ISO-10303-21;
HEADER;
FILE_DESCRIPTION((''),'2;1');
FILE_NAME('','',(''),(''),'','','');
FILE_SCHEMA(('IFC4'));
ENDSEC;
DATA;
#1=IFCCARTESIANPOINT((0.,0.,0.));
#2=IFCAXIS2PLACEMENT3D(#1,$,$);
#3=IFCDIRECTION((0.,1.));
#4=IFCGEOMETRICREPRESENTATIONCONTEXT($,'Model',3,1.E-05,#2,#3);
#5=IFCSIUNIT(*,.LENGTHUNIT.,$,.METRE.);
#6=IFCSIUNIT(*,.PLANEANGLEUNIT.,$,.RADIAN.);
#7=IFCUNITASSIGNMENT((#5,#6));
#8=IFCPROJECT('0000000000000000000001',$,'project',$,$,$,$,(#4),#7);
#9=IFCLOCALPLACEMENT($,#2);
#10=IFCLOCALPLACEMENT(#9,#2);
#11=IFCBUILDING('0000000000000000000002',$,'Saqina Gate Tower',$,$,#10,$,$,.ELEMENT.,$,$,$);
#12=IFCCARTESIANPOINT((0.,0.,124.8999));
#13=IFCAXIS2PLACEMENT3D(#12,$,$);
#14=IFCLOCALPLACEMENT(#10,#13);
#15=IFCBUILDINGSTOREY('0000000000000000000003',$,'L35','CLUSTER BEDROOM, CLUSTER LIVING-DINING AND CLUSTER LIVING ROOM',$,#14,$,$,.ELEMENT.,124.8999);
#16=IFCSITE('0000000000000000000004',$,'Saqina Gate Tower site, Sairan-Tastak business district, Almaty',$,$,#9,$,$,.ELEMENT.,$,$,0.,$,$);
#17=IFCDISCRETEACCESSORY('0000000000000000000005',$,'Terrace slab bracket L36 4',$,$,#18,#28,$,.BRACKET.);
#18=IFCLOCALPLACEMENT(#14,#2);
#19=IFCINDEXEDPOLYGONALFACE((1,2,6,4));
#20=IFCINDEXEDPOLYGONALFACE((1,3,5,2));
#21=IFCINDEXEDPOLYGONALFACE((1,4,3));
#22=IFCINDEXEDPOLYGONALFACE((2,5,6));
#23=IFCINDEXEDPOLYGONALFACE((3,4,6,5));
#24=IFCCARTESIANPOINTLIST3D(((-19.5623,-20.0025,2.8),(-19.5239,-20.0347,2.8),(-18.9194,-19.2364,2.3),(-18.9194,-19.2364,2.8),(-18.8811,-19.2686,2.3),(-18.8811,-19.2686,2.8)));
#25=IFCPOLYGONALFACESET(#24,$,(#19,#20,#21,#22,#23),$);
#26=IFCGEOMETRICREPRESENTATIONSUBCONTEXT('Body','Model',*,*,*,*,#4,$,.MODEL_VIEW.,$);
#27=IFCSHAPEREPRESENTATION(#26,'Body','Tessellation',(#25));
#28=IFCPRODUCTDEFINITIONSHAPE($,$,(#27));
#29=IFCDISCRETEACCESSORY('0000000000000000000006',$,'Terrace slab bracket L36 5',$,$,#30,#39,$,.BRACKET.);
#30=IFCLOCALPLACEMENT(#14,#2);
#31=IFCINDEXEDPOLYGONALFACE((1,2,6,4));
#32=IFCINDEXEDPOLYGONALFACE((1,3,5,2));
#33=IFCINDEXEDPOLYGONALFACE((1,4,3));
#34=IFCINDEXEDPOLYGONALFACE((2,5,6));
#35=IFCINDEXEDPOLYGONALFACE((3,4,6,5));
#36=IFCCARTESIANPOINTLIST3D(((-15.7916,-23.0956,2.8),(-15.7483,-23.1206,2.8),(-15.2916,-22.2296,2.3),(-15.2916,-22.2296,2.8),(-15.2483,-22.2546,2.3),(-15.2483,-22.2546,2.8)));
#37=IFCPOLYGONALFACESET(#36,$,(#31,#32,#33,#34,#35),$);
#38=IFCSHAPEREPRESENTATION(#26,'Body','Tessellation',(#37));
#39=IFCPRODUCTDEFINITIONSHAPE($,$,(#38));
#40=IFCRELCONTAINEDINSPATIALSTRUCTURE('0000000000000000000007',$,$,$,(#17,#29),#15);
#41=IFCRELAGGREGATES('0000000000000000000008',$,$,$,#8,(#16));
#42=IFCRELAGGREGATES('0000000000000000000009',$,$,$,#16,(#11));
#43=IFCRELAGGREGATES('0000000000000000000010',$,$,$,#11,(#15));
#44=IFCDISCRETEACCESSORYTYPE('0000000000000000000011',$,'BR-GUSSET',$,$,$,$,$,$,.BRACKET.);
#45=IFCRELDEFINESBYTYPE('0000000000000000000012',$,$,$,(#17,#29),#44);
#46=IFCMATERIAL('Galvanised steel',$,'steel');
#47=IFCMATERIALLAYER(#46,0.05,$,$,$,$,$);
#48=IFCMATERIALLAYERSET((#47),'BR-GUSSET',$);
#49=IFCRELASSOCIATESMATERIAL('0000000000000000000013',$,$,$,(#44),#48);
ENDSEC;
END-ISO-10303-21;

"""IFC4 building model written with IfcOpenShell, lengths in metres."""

from ifc_helpers import new_model, si_unit, direction, frame, origin, place, context, subcontext, project, spatial, polyline, outline, extrude, material, layer, layer_set, type_object, element, save


model = new_model("IFC4")

# Units and contexts
model_context = context("Model", 3, precision=1e-05, world=origin(), true_north=direction((0.0, 1.0)))
body_context = subcontext(model_context, "Body", "Model", "MODEL_VIEW")
ifc_project = project(units=[si_unit("LENGTHUNIT", "METRE"), si_unit("PLANEANGLEUNIT", "RADIAN")], contexts=[model_context])

# Site, building, storey
site_placement = place(None, origin())
site = spatial("IfcSite", under=ifc_project, at=site_placement, Name="Saqina Gate Tower site, Sairan-Tastak business district, Almaty", CompositionType="ELEMENT", RefElevation=0.0)
building_placement = place(site_placement, origin())
building = spatial("IfcBuilding", under=site, at=building_placement, Name="Saqina Gate Tower", CompositionType="ELEMENT")
storey_placement = place(building_placement, frame((0.0, 0.0, 124.8999)))
storey = spatial("IfcBuildingStorey", under=building, at=storey_placement, Name="L35", Description="CLUSTER BEDROOM, CLUSTER LIVING-DINING AND CLUSTER LIVING ROOM", CompositionType="ELEMENT", Elevation=124.8999)

# Discrete accessories
ifc_material_1 = material(Name="Galvanised steel", Category="steel")
ifc_layer_1 = layer(ifc_material_1, 0.05)
ifc_layer_set_1 = layer_set([ifc_layer_1], Name="BR-GUSSET")
discrete_accessory_type_1 = type_object("IfcDiscreteAccessoryType", Name="BR-GUSSET", PredefinedType="BRACKET", material=ifc_layer_set_1)
for number, where, z_axis, x_axis, name in (
    (1, (-18.8811, -19.2686, 2.3), (0.766056, -0.642774, 0.0), (0.0, 0.0, 1.0), "Terrace slab bracket L36 4"),
):
    element("IfcDiscreteAccessory", number, at=place(storey_placement, frame(where, z_axis=z_axis, x_axis=x_axis)), inside=storey, type_object=discrete_accessory_type_1, Name=name, PredefinedType="BRACKET", context=body_context, shape_type="SweptSolid", body=[
        extrude(outline(polyline([(0.0, 0.0), (0.5, 0.0), (0.5, 1.0001), (0.0, 0.0)])), origin(), (0.0, 0.0, -1.0), 0.05),
    ])
discrete_accessory_1_placement = place(storey_placement, frame((-15.2483, -22.2546, 2.3), z_axis=(0.866011, -0.500025, 0.0), x_axis=(0.0, 0.0, 1.0)))
element("IfcDiscreteAccessory", 2, at=discrete_accessory_1_placement, inside=storey, type_object=discrete_accessory_type_1, Name="Terrace slab bracket L36 5", PredefinedType="BRACKET", context=body_context, shape_type="SweptSolid", body=[
    extrude(outline(polyline([(0.0, 0.0), (0.5, 0.0), (0.5, 0.9999), (0.0, 0.0)])), origin(), (0.0, 0.0, -1.0), 0.05),
])

save(model, "model.ifc")
